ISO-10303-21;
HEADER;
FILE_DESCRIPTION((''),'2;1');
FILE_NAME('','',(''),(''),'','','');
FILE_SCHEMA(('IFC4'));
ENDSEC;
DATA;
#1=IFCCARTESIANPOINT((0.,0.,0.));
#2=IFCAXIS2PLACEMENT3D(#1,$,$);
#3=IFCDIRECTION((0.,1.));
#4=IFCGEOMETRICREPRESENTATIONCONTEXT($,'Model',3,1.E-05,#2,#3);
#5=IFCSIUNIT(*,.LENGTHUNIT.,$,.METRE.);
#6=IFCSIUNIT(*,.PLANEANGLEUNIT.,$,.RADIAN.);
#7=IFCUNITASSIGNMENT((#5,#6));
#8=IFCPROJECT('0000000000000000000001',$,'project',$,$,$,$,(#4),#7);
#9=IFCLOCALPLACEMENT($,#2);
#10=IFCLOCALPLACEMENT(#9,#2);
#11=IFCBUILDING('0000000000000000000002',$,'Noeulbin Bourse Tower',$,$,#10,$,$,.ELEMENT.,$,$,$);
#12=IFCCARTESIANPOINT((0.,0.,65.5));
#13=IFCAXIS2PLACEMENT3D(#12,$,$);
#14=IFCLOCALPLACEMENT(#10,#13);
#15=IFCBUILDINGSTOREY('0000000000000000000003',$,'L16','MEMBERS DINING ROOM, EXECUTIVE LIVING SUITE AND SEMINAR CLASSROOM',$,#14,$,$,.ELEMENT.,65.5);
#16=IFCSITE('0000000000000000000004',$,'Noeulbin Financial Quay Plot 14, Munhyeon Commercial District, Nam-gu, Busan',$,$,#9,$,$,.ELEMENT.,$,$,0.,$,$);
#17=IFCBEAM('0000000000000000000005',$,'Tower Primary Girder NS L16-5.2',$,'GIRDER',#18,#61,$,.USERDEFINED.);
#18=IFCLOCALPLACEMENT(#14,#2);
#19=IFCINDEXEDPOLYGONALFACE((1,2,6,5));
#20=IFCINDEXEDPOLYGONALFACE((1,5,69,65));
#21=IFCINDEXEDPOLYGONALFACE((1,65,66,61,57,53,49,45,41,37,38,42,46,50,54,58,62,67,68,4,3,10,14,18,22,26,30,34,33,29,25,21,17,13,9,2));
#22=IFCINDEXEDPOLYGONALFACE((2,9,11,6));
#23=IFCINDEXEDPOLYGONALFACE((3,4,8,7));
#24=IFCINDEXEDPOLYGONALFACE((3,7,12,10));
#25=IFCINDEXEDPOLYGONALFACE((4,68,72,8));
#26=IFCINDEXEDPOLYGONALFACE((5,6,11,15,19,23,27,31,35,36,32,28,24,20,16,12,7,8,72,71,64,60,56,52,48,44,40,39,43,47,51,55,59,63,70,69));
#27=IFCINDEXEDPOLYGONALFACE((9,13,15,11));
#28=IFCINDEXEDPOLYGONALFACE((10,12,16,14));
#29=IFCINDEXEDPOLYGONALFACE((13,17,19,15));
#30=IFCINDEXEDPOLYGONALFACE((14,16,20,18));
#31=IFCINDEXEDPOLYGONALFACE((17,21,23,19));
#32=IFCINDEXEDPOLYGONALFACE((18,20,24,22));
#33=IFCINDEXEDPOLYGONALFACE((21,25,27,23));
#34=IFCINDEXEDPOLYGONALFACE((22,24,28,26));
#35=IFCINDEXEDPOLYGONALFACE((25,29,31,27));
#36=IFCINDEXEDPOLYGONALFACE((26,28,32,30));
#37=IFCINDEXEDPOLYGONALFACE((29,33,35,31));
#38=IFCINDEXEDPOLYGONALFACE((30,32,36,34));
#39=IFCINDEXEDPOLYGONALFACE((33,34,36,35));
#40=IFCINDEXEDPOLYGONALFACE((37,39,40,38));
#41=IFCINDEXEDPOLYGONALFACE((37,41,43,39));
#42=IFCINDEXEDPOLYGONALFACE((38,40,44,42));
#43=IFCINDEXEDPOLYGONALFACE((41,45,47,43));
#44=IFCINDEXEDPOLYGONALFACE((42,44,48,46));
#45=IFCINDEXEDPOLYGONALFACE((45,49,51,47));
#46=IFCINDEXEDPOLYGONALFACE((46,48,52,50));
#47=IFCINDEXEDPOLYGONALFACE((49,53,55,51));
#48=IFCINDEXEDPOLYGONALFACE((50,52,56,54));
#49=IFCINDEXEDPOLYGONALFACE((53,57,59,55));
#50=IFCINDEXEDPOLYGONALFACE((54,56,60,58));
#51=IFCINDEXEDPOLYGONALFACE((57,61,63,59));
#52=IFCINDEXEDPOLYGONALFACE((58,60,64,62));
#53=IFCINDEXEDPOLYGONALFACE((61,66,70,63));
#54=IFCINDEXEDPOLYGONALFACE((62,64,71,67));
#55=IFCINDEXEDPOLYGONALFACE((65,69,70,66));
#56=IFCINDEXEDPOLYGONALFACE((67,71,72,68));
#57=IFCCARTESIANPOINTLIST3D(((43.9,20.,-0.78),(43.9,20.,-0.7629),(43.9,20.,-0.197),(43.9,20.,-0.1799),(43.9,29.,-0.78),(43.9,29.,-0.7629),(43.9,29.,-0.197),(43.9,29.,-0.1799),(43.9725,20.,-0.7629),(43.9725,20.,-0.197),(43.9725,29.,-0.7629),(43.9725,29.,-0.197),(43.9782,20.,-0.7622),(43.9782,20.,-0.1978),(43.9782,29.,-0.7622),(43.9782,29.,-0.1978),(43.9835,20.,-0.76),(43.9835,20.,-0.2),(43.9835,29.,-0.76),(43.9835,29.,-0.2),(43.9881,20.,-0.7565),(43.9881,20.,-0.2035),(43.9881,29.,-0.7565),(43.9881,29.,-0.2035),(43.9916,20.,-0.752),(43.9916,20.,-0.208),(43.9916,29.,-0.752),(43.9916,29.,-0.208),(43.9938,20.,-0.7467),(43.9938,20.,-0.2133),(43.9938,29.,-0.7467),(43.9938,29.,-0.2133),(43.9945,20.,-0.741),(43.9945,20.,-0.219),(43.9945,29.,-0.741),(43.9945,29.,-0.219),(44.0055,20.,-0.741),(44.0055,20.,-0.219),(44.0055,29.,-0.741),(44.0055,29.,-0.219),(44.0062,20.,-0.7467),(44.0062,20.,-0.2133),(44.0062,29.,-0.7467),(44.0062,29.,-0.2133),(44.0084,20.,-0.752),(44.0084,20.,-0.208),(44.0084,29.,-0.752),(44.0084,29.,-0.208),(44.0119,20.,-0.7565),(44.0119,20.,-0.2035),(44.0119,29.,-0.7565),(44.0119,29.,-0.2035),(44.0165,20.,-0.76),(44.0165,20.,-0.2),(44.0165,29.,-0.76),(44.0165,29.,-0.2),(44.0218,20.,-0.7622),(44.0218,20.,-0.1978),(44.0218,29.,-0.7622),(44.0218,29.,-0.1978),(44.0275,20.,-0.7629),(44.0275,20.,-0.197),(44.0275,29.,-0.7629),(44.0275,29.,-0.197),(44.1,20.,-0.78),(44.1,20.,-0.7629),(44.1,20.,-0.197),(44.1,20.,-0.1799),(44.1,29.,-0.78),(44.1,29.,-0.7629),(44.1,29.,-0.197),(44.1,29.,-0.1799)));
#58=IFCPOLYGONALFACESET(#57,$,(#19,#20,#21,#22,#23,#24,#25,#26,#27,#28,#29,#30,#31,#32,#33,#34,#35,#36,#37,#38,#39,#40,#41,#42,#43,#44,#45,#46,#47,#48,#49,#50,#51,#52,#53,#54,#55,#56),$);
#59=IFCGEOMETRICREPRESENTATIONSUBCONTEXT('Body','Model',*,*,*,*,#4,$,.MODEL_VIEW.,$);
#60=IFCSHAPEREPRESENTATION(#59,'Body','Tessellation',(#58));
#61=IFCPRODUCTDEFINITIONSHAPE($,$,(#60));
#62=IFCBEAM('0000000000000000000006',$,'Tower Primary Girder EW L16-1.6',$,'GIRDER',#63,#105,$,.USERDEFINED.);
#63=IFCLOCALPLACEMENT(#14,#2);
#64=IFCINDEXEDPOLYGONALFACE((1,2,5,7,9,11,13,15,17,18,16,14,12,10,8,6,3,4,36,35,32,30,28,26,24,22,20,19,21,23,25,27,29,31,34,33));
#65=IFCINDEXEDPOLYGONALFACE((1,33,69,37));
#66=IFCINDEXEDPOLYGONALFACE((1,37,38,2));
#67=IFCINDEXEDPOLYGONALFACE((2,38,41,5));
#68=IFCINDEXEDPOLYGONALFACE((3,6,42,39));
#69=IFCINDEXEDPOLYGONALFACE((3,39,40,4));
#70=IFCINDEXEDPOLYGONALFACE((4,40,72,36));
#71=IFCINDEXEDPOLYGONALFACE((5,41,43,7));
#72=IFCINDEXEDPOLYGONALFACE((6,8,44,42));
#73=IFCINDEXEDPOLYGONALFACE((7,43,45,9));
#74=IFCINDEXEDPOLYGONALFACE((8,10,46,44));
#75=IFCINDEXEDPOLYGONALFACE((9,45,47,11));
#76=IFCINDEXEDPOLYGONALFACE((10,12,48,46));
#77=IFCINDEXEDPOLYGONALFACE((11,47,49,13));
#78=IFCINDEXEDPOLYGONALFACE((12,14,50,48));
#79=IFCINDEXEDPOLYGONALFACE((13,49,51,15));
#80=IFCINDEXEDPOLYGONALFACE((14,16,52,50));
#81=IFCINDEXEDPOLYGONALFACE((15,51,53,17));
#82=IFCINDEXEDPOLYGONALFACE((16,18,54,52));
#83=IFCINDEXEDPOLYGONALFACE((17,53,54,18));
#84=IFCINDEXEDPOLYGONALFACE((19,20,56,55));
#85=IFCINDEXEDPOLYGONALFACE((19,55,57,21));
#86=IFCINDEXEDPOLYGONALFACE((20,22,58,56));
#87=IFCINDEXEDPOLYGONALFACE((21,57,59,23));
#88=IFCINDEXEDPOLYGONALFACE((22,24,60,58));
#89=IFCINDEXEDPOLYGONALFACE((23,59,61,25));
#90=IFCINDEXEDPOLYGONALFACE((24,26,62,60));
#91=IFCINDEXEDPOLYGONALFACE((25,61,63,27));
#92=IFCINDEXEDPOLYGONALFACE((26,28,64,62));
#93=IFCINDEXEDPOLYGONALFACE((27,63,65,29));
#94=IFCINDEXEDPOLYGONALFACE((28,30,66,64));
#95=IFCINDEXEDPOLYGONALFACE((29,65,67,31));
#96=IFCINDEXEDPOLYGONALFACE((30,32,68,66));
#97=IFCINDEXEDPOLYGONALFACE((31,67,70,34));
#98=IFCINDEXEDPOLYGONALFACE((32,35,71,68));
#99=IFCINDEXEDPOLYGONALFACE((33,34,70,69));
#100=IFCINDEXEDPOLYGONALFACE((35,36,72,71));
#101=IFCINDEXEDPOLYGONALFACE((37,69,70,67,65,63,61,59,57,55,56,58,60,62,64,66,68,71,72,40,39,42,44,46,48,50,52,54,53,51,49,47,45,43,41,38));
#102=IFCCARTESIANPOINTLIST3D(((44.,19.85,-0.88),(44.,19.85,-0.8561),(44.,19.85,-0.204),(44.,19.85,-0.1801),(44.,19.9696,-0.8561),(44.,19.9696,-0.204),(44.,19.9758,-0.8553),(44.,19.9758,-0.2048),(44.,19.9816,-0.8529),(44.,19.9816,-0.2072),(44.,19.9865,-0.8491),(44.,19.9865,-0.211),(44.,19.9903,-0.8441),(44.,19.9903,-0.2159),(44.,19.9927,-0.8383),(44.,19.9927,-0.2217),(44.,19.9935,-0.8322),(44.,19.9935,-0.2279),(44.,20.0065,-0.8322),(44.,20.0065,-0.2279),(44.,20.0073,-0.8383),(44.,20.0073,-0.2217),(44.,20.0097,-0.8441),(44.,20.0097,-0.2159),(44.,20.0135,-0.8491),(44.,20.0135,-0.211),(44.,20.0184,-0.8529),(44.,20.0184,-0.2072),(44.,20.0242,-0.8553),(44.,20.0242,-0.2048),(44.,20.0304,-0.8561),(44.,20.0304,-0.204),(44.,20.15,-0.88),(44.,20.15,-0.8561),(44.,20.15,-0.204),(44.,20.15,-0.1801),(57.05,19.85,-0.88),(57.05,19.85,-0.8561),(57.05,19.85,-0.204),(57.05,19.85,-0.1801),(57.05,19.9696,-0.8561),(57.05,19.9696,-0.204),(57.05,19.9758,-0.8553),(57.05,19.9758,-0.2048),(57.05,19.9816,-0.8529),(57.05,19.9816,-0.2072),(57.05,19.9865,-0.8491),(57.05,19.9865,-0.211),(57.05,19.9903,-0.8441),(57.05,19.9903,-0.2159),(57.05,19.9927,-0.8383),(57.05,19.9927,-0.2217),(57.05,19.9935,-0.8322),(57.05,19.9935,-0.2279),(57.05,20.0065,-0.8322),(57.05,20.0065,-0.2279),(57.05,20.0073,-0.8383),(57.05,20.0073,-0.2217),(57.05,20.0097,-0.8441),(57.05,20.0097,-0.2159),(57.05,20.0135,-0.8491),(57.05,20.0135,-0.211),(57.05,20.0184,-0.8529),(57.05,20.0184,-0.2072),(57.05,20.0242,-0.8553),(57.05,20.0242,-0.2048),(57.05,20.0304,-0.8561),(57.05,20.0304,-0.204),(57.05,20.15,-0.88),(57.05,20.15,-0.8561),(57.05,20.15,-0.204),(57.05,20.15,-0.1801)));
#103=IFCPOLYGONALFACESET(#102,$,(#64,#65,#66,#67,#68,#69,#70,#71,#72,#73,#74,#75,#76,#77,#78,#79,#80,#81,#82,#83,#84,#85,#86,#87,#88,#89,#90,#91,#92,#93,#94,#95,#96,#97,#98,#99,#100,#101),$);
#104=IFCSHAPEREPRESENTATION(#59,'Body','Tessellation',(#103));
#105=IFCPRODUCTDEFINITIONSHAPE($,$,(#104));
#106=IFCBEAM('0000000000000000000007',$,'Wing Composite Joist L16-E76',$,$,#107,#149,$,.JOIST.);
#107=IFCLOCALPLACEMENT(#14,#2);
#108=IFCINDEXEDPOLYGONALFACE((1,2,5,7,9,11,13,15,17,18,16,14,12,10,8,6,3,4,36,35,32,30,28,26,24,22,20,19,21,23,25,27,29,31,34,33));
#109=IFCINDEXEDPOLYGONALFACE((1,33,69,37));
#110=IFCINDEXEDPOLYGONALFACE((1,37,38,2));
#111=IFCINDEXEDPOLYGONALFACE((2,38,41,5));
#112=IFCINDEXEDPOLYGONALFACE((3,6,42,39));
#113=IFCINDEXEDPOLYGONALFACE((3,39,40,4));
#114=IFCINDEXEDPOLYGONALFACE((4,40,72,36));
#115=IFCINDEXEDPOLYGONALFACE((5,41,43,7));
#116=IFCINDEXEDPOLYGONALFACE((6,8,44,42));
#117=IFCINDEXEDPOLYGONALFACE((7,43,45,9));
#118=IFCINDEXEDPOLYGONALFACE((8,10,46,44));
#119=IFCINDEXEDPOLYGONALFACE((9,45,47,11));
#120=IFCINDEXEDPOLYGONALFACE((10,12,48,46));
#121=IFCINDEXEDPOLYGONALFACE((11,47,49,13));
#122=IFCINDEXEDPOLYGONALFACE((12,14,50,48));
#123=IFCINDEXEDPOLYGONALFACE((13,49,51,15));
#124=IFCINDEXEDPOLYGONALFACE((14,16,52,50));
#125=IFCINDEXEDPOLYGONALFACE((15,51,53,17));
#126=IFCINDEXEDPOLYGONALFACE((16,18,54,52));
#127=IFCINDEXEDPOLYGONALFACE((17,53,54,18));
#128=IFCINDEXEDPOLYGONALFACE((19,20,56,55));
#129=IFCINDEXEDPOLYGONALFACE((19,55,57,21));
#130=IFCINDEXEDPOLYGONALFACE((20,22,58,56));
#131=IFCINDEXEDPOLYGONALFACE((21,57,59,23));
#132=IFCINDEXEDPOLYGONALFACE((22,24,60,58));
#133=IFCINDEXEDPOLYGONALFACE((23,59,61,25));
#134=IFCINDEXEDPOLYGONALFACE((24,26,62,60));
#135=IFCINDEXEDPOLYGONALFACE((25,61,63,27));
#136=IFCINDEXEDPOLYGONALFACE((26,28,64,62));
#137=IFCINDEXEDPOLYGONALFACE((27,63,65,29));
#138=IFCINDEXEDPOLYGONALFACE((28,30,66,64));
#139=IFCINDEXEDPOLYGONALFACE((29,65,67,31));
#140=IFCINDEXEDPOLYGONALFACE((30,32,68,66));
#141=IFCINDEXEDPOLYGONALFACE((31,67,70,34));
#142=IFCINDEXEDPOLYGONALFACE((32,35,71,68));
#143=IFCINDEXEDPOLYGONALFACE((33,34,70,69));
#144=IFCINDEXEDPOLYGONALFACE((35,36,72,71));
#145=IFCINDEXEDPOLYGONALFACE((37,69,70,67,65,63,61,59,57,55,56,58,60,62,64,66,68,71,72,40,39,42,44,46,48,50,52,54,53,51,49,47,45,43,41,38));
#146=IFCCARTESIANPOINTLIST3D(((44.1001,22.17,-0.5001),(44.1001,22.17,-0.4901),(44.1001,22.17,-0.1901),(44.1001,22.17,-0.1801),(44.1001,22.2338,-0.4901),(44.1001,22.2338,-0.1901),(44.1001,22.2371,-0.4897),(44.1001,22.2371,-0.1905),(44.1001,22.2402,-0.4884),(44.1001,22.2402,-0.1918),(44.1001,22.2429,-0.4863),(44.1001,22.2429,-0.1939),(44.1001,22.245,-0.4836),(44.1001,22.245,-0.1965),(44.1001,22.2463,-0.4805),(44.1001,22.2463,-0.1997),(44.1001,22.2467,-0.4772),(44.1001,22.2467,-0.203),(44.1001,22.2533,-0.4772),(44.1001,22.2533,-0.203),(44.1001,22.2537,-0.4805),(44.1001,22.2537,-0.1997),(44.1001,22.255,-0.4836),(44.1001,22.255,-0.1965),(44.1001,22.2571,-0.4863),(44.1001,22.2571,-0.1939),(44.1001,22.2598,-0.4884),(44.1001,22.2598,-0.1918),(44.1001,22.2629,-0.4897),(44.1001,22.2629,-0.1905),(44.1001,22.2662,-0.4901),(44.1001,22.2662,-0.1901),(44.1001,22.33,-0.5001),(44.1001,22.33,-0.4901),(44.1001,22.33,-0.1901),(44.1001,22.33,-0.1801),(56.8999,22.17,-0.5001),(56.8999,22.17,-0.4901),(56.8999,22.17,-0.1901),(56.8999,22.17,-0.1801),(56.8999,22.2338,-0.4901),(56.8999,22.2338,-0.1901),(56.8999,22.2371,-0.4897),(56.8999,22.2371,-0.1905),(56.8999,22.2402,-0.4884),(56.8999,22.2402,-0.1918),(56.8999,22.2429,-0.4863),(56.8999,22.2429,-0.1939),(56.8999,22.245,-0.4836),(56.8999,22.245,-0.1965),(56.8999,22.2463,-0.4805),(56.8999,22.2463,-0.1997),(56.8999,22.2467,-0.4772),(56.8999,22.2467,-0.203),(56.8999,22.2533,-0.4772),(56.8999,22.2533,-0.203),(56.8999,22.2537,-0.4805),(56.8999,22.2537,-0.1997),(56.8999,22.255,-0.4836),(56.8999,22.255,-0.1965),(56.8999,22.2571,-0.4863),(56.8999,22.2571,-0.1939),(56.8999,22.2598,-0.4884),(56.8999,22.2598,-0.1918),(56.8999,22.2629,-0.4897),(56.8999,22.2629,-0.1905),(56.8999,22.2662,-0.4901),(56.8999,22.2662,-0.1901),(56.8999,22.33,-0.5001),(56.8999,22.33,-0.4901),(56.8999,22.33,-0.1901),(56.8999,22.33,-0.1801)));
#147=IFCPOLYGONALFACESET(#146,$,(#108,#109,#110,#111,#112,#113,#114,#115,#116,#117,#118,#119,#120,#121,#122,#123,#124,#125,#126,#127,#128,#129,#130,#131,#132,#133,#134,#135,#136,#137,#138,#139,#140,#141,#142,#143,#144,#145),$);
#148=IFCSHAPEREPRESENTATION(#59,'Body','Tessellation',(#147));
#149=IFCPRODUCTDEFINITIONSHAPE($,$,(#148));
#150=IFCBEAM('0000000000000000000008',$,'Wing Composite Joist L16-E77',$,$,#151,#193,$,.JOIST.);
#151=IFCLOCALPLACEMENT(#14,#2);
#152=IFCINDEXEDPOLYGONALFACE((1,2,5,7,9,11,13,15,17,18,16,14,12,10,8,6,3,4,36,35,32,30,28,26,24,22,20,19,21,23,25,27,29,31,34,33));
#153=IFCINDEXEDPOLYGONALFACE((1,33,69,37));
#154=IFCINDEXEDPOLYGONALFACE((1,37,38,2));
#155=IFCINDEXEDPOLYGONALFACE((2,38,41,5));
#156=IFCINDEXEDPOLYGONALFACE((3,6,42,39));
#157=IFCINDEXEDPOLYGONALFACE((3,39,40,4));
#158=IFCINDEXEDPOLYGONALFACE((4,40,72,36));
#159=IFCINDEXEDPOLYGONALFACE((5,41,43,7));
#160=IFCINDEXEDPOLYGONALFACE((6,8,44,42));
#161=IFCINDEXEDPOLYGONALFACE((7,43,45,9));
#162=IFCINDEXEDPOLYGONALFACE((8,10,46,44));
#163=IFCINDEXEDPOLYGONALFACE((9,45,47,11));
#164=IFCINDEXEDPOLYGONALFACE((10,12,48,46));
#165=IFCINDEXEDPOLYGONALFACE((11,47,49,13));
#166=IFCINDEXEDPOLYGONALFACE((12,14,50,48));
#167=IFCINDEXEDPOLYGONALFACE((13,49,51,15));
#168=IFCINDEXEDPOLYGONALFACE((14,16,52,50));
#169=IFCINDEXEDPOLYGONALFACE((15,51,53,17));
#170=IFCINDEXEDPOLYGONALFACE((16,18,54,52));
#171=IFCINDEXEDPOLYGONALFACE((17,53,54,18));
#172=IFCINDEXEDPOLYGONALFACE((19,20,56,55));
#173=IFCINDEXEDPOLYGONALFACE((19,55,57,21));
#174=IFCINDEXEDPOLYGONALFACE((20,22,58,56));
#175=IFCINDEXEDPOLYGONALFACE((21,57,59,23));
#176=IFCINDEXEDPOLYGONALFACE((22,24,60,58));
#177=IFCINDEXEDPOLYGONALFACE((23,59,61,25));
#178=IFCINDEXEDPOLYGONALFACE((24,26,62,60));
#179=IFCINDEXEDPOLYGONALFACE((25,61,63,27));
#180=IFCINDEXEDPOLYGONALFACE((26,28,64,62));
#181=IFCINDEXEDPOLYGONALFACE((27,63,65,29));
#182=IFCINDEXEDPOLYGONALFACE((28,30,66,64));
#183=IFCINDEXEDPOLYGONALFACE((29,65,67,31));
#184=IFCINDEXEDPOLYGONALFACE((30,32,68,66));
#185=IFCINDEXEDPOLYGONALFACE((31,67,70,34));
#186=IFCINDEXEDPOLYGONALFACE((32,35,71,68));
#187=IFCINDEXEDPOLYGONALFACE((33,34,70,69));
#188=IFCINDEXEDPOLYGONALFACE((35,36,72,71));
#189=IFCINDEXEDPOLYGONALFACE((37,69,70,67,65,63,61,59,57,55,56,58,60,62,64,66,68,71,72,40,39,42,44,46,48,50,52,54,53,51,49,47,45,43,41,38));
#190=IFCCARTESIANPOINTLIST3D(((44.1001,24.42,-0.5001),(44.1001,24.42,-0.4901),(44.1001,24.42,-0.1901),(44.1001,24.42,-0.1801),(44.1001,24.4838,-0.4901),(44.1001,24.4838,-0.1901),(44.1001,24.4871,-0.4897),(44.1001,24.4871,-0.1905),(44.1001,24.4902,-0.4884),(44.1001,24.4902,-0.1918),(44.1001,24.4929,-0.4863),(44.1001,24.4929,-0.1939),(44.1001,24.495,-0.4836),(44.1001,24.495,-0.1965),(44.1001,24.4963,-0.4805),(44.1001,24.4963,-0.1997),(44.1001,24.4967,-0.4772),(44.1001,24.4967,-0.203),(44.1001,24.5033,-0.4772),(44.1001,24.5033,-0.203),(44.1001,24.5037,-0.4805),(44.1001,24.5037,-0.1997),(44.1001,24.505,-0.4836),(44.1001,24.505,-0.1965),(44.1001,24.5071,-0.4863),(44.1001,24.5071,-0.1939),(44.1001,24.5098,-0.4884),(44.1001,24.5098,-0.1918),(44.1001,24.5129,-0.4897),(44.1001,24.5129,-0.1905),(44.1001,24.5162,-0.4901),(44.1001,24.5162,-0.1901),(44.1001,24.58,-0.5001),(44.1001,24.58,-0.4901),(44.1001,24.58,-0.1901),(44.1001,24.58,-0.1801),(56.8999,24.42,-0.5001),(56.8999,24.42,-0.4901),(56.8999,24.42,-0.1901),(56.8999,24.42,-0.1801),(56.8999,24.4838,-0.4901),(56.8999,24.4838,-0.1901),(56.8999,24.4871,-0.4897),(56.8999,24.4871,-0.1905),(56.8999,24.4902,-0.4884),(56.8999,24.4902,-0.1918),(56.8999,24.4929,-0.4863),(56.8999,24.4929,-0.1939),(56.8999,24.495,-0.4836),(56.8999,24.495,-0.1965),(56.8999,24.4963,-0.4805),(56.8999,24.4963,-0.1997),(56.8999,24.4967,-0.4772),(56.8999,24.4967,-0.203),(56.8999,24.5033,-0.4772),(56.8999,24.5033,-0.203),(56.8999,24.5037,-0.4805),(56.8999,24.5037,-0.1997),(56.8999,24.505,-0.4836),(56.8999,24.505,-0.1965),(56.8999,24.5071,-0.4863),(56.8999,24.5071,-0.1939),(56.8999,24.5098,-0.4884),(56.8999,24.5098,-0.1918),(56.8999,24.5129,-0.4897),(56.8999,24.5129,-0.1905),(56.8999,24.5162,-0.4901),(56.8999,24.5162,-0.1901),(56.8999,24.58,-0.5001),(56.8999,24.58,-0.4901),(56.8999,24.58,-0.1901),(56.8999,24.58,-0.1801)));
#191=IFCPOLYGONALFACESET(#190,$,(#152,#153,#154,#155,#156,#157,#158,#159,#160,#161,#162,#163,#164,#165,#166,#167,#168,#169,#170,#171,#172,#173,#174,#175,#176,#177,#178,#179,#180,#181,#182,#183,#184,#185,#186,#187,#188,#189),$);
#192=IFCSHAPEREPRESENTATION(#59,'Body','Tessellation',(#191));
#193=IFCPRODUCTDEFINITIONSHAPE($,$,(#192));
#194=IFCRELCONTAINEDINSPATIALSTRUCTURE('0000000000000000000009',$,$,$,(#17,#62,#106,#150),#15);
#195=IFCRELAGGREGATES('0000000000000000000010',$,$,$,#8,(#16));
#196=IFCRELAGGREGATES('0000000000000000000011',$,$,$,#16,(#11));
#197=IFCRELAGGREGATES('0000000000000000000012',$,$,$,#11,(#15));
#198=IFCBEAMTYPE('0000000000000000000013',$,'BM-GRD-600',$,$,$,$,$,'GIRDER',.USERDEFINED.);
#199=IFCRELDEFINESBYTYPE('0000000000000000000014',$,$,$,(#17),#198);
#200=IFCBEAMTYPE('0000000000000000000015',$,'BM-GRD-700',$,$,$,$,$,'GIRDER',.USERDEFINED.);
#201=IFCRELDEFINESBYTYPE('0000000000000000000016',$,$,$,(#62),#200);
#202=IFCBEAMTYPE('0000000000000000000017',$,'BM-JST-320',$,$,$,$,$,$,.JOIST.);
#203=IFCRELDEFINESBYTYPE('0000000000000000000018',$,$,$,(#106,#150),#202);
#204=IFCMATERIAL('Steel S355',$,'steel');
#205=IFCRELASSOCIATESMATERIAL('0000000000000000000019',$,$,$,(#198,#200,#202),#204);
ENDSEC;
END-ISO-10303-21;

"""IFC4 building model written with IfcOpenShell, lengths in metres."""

from ifc_helpers import new_model, si_unit, direction, frame, origin, origin_2d, place, context, subcontext, project, spatial, i_section, extrude, material, material_profile, profile_set, type_object, element, save


model = new_model("IFC4")

# Units and contexts
model_context = context("Model", 3, precision=1e-05, world=origin(), true_north=direction((0.0, 1.0)))
body_context = subcontext(model_context, "Body", "Model", "MODEL_VIEW")
ifc_project = project(units=[si_unit("LENGTHUNIT", "METRE"), si_unit("PLANEANGLEUNIT", "RADIAN")], contexts=[model_context])

# Site, building, storey
site_placement = place(None, origin())
site = spatial("IfcSite", under=ifc_project, at=site_placement, Name="Noeulbin Financial Quay Plot 14, Munhyeon Commercial District, Nam-gu, Busan", CompositionType="ELEMENT", RefElevation=0.0)
building_placement = place(site_placement, origin())
building = spatial("IfcBuilding", under=site, at=building_placement, Name="Noeulbin Bourse Tower", CompositionType="ELEMENT")
storey_placement = place(building_placement, frame((0.0, 0.0, 65.5)))
storey = spatial("IfcBuildingStorey", under=building, at=storey_placement, Name="L16", Description="MEMBERS DINING ROOM, EXECUTIVE LIVING SUITE AND SEMINAR CLASSROOM", CompositionType="ELEMENT", Elevation=65.5)

# Beams
ifc_material_1 = material(Name="Steel S355", Category="steel")
ifc_material_profile_1 = material_profile(ifc_material_1, i_section(OverallWidth=0.2, OverallDepth=0.6001, WebThickness=0.011, FlangeThickness=0.0171, FilletRadius=0.022, at=origin_2d()), Name="H-600x200x11x17", Category="LoadBearing")
ifc_profile_set_1 = profile_set([ifc_material_profile_1], Name="Steel S355")
beam_type_1 = type_object("IfcBeamType", Name="BM-GRD-600", ElementType="GIRDER", PredefinedType="USERDEFINED", material=ifc_profile_set_1)
beam_1_placement = place(storey_placement, frame((44.0, 20.0, -0.48), z_axis=(0.0, 1.0, 0.0), x_axis=(-1.0, 0.0, 0.0)))
element("IfcBeam", 1, at=beam_1_placement, inside=storey, type_object=beam_type_1, Name="Tower Primary Girder NS L16-5.2", ObjectType="GIRDER", PredefinedType="USERDEFINED", context=body_context, shape_type="SweptSolid", body=[
    extrude(i_section(OverallWidth=0.2, OverallDepth=0.6001, WebThickness=0.011, FlangeThickness=0.0171, FilletRadius=0.022, at=origin_2d()), origin(), (0.0, 0.0, 1.0), 9.0),
])
ifc_material_profile_2 = material_profile(ifc_material_1, i_section(OverallWidth=0.3, OverallDepth=0.7, WebThickness=0.0129, FlangeThickness=0.0239, FilletRadius=0.0239, at=origin_2d()), Name="H-700x300x13x24", Category="LoadBearing")
ifc_profile_set_2 = profile_set([ifc_material_profile_2], Name="Steel S355")
beam_type_2 = type_object("IfcBeamType", Name="BM-GRD-700", ElementType="GIRDER", PredefinedType="USERDEFINED", material=ifc_profile_set_2)
beam_2_placement = place(storey_placement, frame((44.0, 20.0, -0.53), z_axis=(1.0, 0.0, 0.0), x_axis=(0.0, 1.0, 0.0)))
element("IfcBeam", 2, at=beam_2_placement, inside=storey, type_object=beam_type_2, Name="Tower Primary Girder EW L16-1.6", ObjectType="GIRDER", PredefinedType="USERDEFINED", context=body_context, shape_type="SweptSolid", body=[
    extrude(i_section(OverallWidth=0.3, OverallDepth=0.7, WebThickness=0.0129, FlangeThickness=0.0239, FilletRadius=0.0239, at=origin_2d()), origin(), (0.0, 0.0, 1.0), 13.05),
])
ifc_material_profile_3 = material_profile(ifc_material_1, i_section(OverallWidth=0.1599, OverallDepth=0.3201, WebThickness=0.0066, FlangeThickness=0.01, FilletRadius=0.0129, at=origin_2d()), Name="H-320x160x6.5x10", Category="LoadBearing")
ifc_profile_set_3 = profile_set([ifc_material_profile_3], Name="Steel S355")
beam_type_3 = type_object("IfcBeamType", Name="BM-JST-320", PredefinedType="JOIST", material=ifc_profile_set_3)
for number, where, z_axis, x_axis, name in (
    (3, (44.1001, 22.25, -0.3401), (1.0, 0.0, 0.0), (0.0, 1.0, 0.0), "Wing Composite Joist L16-E76"),
    (4, (44.1001, 24.5, -0.3401), (1.0, 0.0, 0.0), (0.0, 1.0, 0.0), "Wing Composite Joist L16-E77"),
):
    element("IfcBeam", number, at=place(storey_placement, frame(where, z_axis=z_axis, x_axis=x_axis)), inside=storey, type_object=beam_type_3, Name=name, PredefinedType="JOIST", context=body_context, shape_type="SweptSolid", body=[
        extrude(i_section(OverallWidth=0.1599, OverallDepth=0.3201, WebThickness=0.0066, FlangeThickness=0.01, FilletRadius=0.0129, at=origin_2d()), origin(), (0.0, 0.0, 1.0), 12.7998),
    ])

save(model, "model.ifc")
